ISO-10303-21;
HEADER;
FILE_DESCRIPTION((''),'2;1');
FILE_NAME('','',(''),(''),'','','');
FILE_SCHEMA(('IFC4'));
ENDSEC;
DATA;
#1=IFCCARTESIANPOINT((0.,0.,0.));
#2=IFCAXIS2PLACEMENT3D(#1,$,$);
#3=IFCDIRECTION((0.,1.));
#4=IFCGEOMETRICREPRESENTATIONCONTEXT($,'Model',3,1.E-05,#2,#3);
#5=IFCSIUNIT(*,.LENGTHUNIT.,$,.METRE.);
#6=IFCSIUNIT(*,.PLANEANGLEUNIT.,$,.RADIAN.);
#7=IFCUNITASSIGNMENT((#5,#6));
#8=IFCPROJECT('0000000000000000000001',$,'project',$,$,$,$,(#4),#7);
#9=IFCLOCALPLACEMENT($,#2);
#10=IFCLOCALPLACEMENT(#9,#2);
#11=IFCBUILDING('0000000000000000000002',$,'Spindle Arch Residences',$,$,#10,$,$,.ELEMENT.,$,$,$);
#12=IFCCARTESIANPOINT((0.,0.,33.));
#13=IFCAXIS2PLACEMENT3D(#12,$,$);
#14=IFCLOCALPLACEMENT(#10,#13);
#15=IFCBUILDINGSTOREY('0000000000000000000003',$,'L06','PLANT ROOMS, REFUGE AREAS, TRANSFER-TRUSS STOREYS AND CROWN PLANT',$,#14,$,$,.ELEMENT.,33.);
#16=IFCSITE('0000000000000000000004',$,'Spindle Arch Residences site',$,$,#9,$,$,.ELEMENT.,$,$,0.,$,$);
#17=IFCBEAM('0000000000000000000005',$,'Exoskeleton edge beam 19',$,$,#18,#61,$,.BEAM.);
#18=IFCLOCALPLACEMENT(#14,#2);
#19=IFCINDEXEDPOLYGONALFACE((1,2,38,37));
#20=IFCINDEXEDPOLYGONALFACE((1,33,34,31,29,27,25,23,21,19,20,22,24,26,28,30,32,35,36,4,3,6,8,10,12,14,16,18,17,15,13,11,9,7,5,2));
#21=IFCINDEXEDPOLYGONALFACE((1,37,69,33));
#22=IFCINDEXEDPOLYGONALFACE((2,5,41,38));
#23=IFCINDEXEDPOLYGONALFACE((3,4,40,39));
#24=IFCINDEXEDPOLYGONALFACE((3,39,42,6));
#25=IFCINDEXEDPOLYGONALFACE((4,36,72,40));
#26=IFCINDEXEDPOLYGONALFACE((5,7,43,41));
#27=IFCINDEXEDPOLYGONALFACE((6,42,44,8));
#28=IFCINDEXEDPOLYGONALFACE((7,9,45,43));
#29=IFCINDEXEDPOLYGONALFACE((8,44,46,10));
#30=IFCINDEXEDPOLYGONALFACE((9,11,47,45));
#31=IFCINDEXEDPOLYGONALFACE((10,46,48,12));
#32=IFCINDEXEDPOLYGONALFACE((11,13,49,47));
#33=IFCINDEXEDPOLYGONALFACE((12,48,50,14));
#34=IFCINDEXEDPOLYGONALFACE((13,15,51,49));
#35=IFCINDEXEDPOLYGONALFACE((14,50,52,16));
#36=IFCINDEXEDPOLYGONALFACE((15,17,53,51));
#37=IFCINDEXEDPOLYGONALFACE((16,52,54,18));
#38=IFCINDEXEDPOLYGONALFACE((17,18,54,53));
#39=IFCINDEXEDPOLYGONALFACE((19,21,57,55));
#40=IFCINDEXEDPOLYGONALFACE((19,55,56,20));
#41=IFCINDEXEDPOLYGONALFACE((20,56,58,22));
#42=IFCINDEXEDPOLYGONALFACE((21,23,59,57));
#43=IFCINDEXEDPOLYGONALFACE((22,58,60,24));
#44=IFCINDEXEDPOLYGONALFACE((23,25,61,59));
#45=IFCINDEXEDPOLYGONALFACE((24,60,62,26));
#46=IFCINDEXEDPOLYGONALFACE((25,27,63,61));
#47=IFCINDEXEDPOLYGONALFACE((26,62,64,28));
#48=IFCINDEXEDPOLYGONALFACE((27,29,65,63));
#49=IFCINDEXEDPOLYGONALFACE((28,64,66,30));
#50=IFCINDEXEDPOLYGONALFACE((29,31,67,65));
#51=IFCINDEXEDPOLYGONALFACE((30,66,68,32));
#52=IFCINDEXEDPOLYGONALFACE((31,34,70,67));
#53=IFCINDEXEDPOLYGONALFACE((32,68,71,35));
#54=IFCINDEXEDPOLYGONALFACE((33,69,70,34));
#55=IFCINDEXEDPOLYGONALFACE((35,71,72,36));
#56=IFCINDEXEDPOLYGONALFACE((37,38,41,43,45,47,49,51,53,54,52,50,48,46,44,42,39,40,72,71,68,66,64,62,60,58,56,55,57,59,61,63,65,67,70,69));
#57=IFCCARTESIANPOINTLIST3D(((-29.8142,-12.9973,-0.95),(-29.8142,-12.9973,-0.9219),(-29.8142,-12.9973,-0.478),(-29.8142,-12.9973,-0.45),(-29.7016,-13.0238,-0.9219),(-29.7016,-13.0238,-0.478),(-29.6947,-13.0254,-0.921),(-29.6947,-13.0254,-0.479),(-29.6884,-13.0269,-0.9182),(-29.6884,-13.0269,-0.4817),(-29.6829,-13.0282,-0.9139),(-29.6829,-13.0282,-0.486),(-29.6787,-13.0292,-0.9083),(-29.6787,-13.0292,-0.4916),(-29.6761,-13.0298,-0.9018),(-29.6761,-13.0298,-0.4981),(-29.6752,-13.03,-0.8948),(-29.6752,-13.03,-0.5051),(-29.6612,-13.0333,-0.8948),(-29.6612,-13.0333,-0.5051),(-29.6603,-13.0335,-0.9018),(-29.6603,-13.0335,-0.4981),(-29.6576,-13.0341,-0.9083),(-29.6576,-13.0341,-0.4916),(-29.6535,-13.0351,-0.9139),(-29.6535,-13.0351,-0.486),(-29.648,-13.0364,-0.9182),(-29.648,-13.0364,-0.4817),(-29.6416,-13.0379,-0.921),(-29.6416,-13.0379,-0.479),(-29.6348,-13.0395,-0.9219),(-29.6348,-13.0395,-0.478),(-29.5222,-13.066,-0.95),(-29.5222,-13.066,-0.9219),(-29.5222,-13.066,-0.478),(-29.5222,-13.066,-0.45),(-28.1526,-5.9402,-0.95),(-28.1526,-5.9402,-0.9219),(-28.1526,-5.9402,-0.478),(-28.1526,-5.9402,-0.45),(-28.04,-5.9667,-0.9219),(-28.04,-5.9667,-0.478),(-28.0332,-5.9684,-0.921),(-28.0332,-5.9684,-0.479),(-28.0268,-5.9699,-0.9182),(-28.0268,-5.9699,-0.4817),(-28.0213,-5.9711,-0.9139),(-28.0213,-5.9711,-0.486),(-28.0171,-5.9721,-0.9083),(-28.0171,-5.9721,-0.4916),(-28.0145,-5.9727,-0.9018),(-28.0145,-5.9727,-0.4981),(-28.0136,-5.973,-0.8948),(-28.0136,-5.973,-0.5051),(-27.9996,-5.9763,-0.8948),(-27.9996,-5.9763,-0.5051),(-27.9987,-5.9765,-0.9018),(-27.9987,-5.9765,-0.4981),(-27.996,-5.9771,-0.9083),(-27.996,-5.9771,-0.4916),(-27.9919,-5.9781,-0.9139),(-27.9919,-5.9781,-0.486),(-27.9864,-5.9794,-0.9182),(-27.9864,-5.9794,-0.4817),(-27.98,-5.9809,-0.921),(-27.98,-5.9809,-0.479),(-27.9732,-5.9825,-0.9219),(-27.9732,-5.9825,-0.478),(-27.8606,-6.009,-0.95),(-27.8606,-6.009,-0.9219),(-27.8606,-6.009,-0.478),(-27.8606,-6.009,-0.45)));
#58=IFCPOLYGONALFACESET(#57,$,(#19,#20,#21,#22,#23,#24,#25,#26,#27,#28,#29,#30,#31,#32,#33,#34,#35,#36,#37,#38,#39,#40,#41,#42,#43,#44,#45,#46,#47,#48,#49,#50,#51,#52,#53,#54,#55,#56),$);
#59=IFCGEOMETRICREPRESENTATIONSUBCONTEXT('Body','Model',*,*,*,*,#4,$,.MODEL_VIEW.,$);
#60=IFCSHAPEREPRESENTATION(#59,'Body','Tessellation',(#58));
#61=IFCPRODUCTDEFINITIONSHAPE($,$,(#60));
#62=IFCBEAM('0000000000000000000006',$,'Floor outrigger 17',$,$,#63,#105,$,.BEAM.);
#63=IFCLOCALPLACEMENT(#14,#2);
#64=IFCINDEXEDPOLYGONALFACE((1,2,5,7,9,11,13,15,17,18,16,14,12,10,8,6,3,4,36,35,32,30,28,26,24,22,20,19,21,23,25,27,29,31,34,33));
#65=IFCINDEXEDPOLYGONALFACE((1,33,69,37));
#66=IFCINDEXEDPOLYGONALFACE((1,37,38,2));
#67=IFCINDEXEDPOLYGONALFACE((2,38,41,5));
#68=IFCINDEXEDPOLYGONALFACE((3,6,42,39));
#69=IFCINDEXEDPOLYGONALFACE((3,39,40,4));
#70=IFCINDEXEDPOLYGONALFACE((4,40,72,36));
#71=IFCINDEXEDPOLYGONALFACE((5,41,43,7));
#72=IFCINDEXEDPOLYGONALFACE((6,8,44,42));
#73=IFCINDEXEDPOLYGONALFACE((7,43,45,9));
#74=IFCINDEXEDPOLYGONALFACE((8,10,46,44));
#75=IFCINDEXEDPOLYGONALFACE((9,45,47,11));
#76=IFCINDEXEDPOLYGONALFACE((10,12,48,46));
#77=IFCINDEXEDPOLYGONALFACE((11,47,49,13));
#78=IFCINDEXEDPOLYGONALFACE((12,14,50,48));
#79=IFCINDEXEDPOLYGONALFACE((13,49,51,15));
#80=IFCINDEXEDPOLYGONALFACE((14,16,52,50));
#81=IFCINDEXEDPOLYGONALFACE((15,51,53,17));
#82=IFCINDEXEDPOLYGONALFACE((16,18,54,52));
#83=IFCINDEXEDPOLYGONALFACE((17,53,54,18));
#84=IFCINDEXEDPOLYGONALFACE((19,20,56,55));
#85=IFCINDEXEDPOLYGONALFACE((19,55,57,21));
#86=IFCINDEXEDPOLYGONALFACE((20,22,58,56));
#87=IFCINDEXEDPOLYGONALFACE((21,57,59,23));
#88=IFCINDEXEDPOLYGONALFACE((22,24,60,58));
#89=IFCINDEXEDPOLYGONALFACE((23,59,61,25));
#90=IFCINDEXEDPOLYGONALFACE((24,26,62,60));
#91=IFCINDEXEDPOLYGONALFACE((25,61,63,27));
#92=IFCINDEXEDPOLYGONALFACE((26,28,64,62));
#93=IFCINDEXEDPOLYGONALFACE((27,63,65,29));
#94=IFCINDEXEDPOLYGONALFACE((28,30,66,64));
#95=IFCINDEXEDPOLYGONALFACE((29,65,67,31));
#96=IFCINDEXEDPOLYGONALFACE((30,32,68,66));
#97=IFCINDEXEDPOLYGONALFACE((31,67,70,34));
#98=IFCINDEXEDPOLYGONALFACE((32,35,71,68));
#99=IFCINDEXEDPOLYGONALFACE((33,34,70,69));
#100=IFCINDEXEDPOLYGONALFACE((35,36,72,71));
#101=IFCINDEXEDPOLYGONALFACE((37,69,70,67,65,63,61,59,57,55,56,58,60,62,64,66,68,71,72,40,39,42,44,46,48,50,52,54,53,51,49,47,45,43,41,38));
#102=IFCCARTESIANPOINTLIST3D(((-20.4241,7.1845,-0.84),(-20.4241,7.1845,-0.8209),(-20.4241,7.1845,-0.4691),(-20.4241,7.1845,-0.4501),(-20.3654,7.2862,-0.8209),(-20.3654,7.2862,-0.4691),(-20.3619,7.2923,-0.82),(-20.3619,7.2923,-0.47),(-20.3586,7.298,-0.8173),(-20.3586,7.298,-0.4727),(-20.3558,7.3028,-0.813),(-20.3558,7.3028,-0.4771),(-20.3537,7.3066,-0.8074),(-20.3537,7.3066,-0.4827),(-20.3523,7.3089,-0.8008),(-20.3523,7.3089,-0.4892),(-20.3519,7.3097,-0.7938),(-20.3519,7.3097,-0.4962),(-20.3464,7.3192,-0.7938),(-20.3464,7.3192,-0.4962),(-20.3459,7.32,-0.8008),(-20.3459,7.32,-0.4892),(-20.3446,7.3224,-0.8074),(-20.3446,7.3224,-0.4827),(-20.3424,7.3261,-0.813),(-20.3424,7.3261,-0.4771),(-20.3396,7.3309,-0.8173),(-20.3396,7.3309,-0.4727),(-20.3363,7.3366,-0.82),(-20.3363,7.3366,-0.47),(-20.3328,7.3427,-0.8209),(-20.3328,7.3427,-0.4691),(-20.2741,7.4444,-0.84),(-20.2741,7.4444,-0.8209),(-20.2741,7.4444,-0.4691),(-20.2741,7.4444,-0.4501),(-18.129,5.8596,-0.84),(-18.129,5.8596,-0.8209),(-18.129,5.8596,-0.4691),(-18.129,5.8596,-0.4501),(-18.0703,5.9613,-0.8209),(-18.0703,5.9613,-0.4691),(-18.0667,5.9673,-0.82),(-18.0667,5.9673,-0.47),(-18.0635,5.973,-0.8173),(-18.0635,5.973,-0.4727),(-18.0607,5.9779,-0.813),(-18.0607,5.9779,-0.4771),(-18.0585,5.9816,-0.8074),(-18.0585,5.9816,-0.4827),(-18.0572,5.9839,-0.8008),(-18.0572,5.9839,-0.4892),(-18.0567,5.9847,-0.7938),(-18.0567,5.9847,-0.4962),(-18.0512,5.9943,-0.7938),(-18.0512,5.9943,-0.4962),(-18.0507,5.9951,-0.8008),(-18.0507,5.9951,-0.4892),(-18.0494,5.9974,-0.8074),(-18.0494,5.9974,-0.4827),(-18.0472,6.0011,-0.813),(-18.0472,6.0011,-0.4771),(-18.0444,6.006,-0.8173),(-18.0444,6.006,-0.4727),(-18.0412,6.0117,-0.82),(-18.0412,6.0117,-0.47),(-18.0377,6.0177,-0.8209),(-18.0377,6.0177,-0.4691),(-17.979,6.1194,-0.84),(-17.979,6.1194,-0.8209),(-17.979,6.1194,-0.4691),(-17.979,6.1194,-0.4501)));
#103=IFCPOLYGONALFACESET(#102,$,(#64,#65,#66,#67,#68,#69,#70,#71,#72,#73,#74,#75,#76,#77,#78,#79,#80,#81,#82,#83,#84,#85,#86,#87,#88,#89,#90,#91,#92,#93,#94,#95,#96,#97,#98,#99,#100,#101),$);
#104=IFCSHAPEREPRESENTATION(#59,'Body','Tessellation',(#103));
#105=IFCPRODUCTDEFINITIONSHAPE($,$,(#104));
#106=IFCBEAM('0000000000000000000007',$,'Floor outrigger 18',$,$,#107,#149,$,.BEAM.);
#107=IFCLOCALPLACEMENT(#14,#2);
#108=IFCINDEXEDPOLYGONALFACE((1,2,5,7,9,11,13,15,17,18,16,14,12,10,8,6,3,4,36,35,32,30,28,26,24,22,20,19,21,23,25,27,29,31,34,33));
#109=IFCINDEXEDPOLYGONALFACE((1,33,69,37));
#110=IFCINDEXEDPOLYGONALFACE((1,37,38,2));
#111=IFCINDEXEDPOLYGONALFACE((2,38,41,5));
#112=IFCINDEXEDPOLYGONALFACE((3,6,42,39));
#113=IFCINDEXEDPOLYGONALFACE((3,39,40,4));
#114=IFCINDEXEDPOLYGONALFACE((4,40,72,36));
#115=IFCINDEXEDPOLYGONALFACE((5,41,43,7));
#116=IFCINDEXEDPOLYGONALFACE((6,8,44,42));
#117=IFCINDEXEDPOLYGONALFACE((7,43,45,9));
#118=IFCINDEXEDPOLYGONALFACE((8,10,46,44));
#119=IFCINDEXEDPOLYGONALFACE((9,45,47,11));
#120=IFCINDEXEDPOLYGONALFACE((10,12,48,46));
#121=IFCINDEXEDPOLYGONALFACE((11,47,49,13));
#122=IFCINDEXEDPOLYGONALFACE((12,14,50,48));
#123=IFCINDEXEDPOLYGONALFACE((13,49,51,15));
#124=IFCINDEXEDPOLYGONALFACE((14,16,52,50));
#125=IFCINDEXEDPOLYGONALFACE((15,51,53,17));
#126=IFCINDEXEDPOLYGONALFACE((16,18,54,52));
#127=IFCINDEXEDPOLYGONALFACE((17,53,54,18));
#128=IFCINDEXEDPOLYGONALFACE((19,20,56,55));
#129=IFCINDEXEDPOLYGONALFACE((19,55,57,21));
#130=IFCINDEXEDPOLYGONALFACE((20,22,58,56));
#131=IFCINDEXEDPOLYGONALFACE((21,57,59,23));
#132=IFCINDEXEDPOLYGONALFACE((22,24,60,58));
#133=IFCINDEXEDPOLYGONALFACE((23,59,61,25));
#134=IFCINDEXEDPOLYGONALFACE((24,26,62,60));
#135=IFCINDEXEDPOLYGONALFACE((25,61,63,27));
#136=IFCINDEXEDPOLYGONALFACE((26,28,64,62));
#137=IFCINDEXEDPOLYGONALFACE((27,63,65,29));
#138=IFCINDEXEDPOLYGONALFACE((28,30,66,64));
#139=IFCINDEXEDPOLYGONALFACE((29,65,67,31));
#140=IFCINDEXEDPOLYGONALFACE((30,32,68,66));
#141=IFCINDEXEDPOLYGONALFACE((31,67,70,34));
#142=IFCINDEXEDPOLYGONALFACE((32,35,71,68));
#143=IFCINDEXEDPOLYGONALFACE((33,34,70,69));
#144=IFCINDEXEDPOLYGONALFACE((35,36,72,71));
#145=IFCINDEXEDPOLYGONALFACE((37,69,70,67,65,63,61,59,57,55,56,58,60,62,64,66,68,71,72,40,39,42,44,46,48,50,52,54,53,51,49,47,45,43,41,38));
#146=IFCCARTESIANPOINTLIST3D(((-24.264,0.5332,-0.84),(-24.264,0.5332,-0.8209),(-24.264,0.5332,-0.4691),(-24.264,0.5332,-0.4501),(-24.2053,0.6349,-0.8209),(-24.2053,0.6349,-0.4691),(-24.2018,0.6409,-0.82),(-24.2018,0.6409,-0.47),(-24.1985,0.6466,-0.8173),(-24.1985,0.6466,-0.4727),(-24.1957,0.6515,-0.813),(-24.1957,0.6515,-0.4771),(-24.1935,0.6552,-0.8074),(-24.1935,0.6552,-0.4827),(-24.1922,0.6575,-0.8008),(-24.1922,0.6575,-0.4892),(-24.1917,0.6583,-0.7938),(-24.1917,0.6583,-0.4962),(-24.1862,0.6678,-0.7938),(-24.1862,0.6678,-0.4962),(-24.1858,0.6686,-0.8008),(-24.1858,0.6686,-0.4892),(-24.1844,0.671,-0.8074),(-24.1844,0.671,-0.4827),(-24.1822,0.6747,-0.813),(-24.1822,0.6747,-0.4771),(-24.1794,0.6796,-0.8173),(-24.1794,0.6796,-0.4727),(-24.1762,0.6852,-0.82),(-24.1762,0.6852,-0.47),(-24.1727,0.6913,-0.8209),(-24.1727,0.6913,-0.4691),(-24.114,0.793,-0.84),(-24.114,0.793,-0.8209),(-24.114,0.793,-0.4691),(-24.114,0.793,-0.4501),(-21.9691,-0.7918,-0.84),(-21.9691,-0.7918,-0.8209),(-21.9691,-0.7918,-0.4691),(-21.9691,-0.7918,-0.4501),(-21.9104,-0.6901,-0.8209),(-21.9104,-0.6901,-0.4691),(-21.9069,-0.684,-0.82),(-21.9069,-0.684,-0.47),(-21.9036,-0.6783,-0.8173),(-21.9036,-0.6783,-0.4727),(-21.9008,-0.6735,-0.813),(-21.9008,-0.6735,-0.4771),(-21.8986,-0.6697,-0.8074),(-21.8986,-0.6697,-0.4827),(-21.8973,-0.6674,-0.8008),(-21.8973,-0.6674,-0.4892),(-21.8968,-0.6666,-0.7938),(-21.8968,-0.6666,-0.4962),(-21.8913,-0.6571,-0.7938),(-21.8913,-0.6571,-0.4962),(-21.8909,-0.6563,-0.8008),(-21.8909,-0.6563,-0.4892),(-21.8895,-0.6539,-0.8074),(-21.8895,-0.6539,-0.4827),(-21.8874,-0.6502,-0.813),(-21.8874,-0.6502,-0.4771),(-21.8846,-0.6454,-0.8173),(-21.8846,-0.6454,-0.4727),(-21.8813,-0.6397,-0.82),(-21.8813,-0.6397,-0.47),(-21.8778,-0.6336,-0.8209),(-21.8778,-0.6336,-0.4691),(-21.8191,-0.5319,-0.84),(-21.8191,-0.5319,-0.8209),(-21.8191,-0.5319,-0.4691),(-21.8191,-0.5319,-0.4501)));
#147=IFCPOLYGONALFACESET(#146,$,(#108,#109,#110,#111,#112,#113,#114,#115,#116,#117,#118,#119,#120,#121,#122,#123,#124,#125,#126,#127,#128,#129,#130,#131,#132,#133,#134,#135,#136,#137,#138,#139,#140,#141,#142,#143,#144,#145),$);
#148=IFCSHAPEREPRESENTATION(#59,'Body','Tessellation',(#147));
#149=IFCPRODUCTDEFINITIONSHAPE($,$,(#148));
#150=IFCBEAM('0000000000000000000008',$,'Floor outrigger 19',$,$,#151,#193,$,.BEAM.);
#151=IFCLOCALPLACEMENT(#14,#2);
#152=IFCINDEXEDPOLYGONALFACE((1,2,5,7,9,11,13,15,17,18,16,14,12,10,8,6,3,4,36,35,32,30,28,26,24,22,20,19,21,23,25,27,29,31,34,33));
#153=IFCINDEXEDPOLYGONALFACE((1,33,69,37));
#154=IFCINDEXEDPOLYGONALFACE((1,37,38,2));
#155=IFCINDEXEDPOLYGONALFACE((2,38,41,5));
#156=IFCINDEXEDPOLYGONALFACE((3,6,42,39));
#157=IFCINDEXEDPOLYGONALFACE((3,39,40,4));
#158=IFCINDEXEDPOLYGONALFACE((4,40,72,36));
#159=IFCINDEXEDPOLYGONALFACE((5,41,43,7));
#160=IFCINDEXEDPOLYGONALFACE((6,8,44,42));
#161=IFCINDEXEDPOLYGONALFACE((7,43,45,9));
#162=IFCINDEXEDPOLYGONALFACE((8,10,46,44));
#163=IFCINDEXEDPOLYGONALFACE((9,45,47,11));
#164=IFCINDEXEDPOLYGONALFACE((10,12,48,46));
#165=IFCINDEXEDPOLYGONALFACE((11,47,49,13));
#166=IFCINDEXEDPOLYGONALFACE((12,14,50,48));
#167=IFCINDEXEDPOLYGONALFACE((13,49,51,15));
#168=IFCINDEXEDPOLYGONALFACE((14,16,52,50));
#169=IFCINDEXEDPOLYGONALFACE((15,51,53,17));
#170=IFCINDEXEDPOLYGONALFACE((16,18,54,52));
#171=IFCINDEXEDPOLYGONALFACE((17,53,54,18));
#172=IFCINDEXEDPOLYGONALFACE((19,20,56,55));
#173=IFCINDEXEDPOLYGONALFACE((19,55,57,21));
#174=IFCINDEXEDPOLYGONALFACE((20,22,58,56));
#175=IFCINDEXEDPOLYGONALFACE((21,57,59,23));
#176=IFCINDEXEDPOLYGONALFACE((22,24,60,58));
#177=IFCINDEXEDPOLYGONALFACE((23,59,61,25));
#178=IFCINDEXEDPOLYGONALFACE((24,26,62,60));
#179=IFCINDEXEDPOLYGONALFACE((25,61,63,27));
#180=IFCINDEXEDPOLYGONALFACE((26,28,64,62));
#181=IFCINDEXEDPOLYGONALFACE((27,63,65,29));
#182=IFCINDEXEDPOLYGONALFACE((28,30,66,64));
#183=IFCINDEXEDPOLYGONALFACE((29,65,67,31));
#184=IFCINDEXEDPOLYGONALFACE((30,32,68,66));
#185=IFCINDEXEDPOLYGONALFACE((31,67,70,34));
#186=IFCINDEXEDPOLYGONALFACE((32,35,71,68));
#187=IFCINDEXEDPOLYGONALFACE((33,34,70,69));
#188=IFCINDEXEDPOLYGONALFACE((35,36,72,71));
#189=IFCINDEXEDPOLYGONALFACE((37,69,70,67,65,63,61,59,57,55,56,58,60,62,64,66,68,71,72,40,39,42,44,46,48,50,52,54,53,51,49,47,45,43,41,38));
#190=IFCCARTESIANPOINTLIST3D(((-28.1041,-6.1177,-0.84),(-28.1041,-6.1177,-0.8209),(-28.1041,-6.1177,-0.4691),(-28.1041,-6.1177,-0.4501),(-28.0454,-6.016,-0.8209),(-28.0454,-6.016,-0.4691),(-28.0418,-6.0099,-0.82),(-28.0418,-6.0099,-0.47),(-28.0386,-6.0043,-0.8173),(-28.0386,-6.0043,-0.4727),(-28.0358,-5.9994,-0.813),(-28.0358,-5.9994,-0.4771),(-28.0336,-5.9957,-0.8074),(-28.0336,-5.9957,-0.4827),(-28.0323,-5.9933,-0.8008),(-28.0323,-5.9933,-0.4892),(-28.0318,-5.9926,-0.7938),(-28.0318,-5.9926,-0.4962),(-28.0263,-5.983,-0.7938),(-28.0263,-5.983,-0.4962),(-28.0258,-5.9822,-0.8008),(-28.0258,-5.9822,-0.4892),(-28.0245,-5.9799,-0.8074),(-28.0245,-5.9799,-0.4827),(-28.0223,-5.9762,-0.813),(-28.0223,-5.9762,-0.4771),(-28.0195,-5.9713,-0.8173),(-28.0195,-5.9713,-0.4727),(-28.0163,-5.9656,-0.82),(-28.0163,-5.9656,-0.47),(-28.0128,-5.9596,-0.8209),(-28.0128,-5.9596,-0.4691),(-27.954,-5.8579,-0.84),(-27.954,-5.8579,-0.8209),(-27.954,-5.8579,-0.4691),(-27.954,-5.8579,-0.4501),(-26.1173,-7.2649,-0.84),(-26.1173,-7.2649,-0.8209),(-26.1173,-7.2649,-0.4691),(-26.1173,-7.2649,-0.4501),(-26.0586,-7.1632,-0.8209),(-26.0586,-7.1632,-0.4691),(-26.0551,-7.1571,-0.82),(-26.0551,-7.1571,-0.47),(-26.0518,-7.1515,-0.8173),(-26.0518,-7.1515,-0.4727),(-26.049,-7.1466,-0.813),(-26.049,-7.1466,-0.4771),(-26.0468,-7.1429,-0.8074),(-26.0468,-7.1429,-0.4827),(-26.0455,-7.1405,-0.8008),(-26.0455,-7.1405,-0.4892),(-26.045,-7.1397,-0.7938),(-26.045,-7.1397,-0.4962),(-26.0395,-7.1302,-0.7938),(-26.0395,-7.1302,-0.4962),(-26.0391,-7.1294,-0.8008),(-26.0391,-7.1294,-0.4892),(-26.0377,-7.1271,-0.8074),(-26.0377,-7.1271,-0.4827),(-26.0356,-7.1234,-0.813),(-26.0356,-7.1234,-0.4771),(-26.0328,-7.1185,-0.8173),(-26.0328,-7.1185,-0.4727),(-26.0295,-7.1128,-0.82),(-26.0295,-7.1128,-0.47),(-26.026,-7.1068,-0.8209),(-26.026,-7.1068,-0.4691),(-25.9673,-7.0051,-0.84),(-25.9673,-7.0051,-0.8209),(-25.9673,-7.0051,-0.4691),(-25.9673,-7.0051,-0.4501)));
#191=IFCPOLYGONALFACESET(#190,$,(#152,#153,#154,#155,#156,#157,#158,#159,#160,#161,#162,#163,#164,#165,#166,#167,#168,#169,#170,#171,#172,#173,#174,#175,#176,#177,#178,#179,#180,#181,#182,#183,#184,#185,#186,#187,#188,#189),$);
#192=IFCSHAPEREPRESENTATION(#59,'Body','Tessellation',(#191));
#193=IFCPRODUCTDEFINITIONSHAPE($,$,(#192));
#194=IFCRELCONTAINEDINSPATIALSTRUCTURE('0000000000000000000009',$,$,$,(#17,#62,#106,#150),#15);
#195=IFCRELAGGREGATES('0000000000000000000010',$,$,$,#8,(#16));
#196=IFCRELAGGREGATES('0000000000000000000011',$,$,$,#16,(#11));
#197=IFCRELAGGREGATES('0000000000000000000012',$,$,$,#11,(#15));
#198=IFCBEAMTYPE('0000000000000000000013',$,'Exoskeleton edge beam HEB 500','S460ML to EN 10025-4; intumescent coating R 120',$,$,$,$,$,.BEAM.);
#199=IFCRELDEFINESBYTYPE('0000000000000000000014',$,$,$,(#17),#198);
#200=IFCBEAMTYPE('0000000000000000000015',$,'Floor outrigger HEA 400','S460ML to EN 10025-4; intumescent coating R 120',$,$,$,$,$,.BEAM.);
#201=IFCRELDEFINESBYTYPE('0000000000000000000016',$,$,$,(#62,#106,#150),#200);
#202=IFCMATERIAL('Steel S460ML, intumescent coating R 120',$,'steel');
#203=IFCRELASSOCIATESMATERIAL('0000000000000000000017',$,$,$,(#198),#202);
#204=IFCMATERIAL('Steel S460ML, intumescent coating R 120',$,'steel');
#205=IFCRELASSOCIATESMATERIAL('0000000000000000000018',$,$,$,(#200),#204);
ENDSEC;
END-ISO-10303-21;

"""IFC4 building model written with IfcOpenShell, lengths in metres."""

from ifc_helpers import new_model, si_unit, direction, frame, origin, origin_2d, place, context, subcontext, project, spatial, i_section, extrude, material, material_profile, profile_set, type_object, element, save


model = new_model("IFC4")

# Units and contexts
model_context = context("Model", 3, precision=1e-05, world=origin(), true_north=direction((0.0, 1.0)))
body_context = subcontext(model_context, "Body", "Model", "MODEL_VIEW")
ifc_project = project(units=[si_unit("LENGTHUNIT", "METRE"), si_unit("PLANEANGLEUNIT", "RADIAN")], contexts=[model_context])

# Site, building, storey
site_placement = place(None, origin())
site = spatial("IfcSite", under=ifc_project, at=site_placement, Name="Spindle Arch Residences site", CompositionType="ELEMENT", RefElevation=0.0)
building_placement = place(site_placement, origin())
building = spatial("IfcBuilding", under=site, at=building_placement, Name="Spindle Arch Residences", CompositionType="ELEMENT")
storey_placement = place(building_placement, frame((0.0, 0.0, 33.0)))
storey = spatial("IfcBuildingStorey", under=building, at=storey_placement, Name="L06", Description="PLANT ROOMS, REFUGE AREAS, TRANSFER-TRUSS STOREYS AND CROWN PLANT", CompositionType="ELEMENT", Elevation=33.0)

# Beams
ifc_material_1 = material(Name="Steel S460ML, intumescent coating R 120", Category="steel")
ifc_material_profile_1 = material_profile(ifc_material_1, i_section(OverallWidth=0.3, OverallDepth=0.5, WebThickness=0.0144, FlangeThickness=0.0281, FilletRadius=0.0271, at=origin_2d()), Name="HEB 500")
ifc_profile_set_1 = profile_set([ifc_material_profile_1], Name="Steel S460ML, intumescent coating R 120")
beam_type_1 = type_object("IfcBeamType", Name="Exoskeleton edge beam HEB 500", Description="S460ML to EN 10025-4; intumescent coating R 120", PredefinedType="BEAM", material=ifc_profile_set_1)
beam_1_placement = place(storey_placement, frame((-28.0066, -5.9746, -0.7), z_axis=(-0.229186, -0.973383, 0.0), x_axis=(0.973383, -0.229186, 0.0)))
element("IfcBeam", 1, at=beam_1_placement, inside=storey, type_object=beam_type_1, Name="Exoskeleton edge beam 19", PredefinedType="BEAM", context=body_context, shape_type="SweptSolid", body=[
    extrude(i_section(OverallWidth=0.3, OverallDepth=0.5, WebThickness=0.0144, FlangeThickness=0.0281, FilletRadius=0.0271, at=origin_2d()), origin(), (0.0, 0.0, 1.0), 7.25),
])
ifc_material_2 = material(Name="Steel S460ML, intumescent coating R 120", Category="steel")
ifc_material_profile_2 = material_profile(ifc_material_2, i_section(OverallWidth=0.3, OverallDepth=0.3899, WebThickness=0.011, FlangeThickness=0.019, FilletRadius=0.0271, at=origin_2d()), Name="HEA 400")
ifc_profile_set_2 = profile_set([ifc_material_profile_2], Name="Steel S460ML, intumescent coating R 120")
beam_type_2 = type_object("IfcBeamType", Name="Floor outrigger HEA 400", Description="S460ML to EN 10025-4; intumescent coating R 120", PredefinedType="BEAM", material=ifc_profile_set_2)
beam_2_placement = place(storey_placement, frame((-20.3491, 7.3145, -0.645), z_axis=(0.866052, -0.499954, 0.0), x_axis=(0.499954, 0.866052, 0.0)))
element("IfcBeam", 2, at=beam_2_placement, inside=storey, type_object=beam_type_2, Name="Floor outrigger 17", PredefinedType="BEAM", context=body_context, shape_type="SweptSolid", body=[
    extrude(i_section(OverallWidth=0.3, OverallDepth=0.3899, WebThickness=0.011, FlangeThickness=0.019, FilletRadius=0.0271, at=origin_2d()), origin(), (0.0, 0.0, 1.0), 2.6501),
])
beam_3_placement = place(storey_placement, frame((-24.189, 0.6631, -0.645), z_axis=(0.866029, -0.499994, 0.0), x_axis=(0.499994, 0.866029, 0.0)))
element("IfcBeam", 3, at=beam_3_placement, inside=storey, type_object=beam_type_2, Name="Floor outrigger 18", PredefinedType="BEAM", context=body_context, shape_type="SweptSolid", body=[
    extrude(i_section(OverallWidth=0.3, OverallDepth=0.3899, WebThickness=0.011, FlangeThickness=0.019, FilletRadius=0.0271, at=origin_2d()), origin(), (0.0, 0.0, 1.0), 2.6499),
])
beam_4_placement = place(storey_placement, frame((-28.0291, -5.9878, -0.645), z_axis=(0.866001, -0.500042, 0.0), x_axis=(0.500042, 0.866001, 0.0)))
element("IfcBeam", 4, at=beam_4_placement, inside=storey, type_object=beam_type_2, Name="Floor outrigger 19", PredefinedType="BEAM", context=body_context, shape_type="SweptSolid", body=[
    extrude(i_section(OverallWidth=0.3, OverallDepth=0.3899, WebThickness=0.011, FlangeThickness=0.019, FilletRadius=0.0271, at=origin_2d()), origin(), (0.0, 0.0, 1.0), 2.2942),
])

save(model, "model.ifc")
